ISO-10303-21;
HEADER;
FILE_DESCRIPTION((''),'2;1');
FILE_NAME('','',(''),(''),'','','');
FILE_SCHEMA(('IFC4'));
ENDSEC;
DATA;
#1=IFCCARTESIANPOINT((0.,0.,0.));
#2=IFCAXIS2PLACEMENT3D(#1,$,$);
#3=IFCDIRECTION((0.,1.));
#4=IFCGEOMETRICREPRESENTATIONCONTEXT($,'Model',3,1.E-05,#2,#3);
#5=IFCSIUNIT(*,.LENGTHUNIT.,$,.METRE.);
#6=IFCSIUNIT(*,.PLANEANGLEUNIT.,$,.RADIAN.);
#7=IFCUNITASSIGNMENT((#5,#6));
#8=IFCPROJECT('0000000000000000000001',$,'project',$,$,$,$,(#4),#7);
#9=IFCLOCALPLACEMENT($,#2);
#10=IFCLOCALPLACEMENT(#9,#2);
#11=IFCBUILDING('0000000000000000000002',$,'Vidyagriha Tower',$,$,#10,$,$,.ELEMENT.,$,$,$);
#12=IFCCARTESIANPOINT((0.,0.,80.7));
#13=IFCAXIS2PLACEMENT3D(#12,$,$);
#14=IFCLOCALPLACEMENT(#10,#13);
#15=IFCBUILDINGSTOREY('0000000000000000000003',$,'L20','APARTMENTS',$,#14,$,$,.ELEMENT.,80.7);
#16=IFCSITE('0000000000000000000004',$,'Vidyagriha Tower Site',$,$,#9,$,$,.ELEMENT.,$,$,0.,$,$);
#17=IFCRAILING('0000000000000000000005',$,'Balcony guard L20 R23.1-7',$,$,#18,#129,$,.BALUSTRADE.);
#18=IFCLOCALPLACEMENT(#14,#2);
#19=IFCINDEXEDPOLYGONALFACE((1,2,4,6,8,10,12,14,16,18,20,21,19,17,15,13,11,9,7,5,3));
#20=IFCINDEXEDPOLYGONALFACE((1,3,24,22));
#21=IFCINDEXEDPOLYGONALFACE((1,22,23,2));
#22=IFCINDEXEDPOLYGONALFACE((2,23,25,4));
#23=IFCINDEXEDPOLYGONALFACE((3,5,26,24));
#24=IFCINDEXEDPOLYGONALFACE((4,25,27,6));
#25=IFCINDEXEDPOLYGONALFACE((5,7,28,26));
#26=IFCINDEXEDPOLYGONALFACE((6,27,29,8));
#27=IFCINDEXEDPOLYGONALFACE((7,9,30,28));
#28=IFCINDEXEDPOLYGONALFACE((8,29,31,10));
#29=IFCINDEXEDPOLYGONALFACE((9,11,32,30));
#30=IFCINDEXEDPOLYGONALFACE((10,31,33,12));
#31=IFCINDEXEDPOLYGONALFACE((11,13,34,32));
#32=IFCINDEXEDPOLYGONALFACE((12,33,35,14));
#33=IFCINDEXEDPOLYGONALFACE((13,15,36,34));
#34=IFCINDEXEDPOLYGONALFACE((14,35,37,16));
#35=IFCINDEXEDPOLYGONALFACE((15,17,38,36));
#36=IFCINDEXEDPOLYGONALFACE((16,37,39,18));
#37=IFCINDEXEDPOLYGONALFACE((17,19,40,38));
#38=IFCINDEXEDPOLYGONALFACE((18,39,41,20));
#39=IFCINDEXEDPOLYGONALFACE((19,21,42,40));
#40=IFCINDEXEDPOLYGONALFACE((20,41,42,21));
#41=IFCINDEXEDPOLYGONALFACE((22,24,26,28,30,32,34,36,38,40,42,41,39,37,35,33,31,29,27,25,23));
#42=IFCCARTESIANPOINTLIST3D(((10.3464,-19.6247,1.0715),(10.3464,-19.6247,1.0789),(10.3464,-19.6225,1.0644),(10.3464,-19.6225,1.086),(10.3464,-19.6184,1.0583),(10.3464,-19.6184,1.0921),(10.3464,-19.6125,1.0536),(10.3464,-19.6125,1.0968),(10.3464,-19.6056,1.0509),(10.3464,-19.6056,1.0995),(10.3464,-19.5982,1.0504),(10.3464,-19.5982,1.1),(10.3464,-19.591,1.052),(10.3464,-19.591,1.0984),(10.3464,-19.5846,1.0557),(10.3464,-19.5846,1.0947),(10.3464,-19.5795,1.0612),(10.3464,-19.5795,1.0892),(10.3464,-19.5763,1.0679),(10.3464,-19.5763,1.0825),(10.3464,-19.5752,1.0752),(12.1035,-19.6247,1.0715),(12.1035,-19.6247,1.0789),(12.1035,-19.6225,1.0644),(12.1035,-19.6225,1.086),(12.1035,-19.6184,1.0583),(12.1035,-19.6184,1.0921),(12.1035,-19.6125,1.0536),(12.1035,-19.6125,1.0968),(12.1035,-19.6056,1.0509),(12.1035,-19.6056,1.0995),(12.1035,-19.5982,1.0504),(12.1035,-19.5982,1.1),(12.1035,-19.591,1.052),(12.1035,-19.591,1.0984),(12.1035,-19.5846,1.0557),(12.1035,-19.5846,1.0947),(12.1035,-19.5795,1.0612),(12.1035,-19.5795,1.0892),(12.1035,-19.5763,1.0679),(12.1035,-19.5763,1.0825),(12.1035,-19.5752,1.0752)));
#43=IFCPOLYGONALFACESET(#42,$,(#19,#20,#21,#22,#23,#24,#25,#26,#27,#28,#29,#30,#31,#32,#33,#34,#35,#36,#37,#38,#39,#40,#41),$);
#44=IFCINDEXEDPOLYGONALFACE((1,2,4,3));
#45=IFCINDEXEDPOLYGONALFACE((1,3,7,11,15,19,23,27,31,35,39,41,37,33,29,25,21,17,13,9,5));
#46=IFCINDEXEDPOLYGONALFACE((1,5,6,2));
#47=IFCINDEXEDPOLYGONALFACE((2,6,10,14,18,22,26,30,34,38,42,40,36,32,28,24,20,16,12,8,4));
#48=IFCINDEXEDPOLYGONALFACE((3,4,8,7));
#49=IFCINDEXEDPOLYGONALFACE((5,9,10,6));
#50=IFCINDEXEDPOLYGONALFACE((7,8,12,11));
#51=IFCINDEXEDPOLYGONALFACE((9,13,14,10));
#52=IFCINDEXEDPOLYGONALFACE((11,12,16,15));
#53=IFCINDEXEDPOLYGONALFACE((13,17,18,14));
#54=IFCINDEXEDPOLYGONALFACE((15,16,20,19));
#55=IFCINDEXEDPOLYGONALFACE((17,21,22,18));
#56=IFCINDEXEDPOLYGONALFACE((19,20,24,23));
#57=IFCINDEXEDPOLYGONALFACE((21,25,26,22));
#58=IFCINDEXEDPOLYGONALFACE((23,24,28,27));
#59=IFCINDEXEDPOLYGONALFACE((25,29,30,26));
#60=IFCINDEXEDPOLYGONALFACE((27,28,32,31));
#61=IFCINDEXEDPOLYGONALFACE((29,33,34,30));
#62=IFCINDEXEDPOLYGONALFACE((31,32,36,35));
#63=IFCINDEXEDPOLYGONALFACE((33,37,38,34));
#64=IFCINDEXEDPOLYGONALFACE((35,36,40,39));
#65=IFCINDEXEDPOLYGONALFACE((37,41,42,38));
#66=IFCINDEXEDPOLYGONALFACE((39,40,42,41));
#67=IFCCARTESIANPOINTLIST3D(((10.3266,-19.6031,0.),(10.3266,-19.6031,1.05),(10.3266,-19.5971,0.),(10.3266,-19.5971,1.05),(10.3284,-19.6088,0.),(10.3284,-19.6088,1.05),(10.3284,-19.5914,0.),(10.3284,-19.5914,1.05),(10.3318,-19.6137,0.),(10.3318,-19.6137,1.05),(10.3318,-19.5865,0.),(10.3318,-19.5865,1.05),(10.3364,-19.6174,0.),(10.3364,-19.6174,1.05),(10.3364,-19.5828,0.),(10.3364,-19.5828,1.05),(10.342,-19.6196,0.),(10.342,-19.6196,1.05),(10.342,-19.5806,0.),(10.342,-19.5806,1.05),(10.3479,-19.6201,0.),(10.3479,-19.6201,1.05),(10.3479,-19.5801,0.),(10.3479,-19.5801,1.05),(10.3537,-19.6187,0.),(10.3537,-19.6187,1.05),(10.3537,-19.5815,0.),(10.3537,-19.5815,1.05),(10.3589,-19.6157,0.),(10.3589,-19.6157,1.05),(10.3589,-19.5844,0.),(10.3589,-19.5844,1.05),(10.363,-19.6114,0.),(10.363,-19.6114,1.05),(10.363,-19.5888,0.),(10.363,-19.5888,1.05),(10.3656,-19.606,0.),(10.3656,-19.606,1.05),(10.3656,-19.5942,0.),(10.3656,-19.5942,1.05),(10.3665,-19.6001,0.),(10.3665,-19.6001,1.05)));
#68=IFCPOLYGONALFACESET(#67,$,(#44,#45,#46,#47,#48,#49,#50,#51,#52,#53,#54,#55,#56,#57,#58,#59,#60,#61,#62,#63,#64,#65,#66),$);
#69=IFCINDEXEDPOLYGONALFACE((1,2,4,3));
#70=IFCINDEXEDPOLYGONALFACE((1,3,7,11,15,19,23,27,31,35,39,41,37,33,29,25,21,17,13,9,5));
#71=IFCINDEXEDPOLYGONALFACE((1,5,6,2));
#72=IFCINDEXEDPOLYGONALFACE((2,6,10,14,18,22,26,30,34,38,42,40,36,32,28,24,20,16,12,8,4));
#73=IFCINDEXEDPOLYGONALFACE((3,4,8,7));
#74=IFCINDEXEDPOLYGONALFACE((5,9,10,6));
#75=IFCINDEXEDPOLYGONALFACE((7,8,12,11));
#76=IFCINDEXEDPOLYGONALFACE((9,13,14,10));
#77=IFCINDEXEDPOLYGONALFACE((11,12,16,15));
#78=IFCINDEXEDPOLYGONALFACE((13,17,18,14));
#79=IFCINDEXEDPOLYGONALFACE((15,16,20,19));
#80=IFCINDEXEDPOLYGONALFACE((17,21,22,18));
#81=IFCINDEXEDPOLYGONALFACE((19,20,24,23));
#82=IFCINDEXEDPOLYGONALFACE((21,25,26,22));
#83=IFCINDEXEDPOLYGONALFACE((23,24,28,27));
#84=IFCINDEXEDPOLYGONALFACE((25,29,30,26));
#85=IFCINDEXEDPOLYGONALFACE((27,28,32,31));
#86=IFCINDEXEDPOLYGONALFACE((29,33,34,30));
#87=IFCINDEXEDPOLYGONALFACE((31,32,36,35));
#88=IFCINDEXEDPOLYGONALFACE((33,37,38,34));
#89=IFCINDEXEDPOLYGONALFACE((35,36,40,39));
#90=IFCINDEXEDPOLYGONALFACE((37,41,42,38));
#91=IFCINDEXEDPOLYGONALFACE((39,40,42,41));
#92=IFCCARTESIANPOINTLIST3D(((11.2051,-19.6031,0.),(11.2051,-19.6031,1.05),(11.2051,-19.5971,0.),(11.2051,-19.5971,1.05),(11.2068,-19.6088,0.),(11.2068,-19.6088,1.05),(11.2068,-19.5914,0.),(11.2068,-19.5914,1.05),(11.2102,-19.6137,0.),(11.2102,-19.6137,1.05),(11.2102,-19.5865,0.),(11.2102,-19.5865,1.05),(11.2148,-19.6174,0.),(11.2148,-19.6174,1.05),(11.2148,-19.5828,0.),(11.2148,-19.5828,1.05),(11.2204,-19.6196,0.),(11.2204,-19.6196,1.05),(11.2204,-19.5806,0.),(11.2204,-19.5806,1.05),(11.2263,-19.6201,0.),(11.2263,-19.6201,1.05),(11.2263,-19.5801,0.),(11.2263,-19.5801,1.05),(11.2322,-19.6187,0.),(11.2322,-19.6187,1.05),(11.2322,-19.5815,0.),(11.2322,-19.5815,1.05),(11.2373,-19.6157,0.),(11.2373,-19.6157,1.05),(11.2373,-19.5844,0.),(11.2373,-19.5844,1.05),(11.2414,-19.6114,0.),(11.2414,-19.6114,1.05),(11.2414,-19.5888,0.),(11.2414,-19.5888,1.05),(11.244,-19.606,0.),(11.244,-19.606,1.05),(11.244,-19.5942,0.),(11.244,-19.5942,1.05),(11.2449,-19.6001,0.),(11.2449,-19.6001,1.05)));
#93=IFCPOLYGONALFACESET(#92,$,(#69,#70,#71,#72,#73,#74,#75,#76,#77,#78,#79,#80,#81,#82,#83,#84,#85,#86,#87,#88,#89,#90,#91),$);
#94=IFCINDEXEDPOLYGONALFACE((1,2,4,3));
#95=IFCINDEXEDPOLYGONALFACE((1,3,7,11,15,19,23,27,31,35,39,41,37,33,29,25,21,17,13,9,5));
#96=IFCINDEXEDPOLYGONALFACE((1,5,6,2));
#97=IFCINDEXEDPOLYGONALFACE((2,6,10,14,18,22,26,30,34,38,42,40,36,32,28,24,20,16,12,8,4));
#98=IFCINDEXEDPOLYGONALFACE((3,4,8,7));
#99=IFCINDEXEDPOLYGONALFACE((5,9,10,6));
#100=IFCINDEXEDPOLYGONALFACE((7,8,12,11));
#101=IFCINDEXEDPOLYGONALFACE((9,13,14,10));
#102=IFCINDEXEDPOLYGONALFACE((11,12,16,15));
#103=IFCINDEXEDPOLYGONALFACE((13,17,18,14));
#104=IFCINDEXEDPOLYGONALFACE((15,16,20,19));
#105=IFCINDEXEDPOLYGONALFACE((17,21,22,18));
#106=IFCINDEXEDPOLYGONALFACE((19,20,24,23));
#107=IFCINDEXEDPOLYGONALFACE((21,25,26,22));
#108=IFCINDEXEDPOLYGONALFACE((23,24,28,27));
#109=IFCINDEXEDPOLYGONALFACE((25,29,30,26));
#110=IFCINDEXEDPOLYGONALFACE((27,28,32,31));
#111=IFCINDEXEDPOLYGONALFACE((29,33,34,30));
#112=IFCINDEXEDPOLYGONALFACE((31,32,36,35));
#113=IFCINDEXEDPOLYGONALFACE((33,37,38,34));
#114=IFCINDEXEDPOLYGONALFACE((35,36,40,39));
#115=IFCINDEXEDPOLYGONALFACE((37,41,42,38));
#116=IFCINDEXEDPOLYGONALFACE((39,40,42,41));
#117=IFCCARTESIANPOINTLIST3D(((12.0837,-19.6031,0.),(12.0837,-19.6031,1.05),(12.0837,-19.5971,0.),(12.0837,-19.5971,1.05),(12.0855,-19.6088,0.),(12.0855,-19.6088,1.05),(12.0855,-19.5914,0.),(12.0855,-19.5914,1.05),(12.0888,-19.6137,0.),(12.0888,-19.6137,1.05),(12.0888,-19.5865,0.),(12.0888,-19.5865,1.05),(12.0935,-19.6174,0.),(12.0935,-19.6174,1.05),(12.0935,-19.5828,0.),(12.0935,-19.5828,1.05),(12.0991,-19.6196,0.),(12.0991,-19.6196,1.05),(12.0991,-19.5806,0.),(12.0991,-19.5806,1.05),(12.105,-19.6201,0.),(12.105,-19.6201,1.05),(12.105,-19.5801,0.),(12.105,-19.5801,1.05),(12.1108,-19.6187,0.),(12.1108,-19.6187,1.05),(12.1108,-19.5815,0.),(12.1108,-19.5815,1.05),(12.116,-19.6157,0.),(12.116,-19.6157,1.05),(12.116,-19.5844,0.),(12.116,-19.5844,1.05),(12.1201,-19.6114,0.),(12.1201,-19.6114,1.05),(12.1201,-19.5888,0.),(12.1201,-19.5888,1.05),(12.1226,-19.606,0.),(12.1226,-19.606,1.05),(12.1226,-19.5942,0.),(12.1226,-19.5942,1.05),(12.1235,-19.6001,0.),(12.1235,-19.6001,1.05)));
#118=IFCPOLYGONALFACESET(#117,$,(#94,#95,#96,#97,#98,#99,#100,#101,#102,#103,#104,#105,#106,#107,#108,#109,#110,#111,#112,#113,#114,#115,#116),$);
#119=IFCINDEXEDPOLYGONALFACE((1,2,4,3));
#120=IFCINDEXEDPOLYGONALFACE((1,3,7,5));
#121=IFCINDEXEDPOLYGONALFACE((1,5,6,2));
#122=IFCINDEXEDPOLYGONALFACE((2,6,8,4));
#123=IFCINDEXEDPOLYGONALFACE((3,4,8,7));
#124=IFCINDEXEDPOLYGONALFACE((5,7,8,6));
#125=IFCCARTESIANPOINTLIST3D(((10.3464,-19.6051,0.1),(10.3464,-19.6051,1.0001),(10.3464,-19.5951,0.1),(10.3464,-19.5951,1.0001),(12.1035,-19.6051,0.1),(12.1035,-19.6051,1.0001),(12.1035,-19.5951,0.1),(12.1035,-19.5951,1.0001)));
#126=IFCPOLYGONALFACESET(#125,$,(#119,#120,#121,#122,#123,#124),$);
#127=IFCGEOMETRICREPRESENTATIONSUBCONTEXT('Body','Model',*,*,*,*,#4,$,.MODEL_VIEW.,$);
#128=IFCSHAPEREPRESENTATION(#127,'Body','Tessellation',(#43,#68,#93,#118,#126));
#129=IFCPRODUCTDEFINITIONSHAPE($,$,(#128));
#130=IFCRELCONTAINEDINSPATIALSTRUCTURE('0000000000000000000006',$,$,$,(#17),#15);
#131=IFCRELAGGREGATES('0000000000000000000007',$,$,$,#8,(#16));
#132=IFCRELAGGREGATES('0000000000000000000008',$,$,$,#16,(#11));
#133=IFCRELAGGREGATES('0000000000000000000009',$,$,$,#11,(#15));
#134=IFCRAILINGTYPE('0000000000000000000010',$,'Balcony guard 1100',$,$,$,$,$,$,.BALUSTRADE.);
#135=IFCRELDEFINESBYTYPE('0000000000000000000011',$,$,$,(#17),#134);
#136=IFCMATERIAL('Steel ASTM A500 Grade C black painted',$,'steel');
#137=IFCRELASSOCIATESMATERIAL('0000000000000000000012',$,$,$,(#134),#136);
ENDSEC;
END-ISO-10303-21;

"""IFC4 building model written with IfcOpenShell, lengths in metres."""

from ifc_helpers import new_model, si_unit, direction, frame, origin, origin_2d, place, context, subcontext, project, spatial, rectangle, circle, extrude, material, type_object, element, save


model = new_model("IFC4")

# Units and contexts
model_context = context("Model", 3, precision=1e-05, world=origin(), true_north=direction((0.0, 1.0)))
body_context = subcontext(model_context, "Body", "Model", "MODEL_VIEW")
ifc_project = project(units=[si_unit("LENGTHUNIT", "METRE"), si_unit("PLANEANGLEUNIT", "RADIAN")], contexts=[model_context])

# Site, building, storey
site_placement = place(None, origin())
site = spatial("IfcSite", under=ifc_project, at=site_placement, Name="Vidyagriha Tower Site", CompositionType="ELEMENT", RefElevation=0.0)
building_placement = place(site_placement, origin())
building = spatial("IfcBuilding", under=site, at=building_placement, Name="Vidyagriha Tower", CompositionType="ELEMENT")
storey_placement = place(building_placement, frame((0.0, 0.0, 80.7)))
storey = spatial("IfcBuildingStorey", under=building, at=storey_placement, Name="L20", Description="APARTMENTS", CompositionType="ELEMENT", Elevation=80.7)

# Railing
ifc_material_1 = material(Name="Steel ASTM A500 Grade C black painted", Category="steel")
railing_type = type_object("IfcRailingType", Name="Balcony guard 1100", PredefinedType="BALUSTRADE", material=ifc_material_1)
railing_1_placement = place(storey_placement, frame((10.3464, -19.6001, 0.0)))
element("IfcRailing", 1, at=railing_1_placement, inside=storey, type_object=railing_type, Name="Balcony guard L20 R23.1-7", PredefinedType="BALUSTRADE", context=body_context, shape_type="SweptSolid", body=[
    extrude(circle(Radius=0.0249, at=origin_2d()), frame((0.0, 0.0, 1.0752), z_axis=(1.0, 0.0, 0.0), x_axis=(0.0, 1.0, 0.0)), (0.0, 0.0, 1.0), 1.7571),
    extrude(circle(Radius=0.02, at=origin_2d()), origin(), (0.0, 0.0, 1.0), 1.05),
    extrude(circle(Radius=0.02, at=origin_2d()), frame((0.8784, 0.0, 0.0)), (0.0, 0.0, 1.0), 1.05),
    extrude(circle(Radius=0.02, at=origin_2d()), frame((1.7571, 0.0, 0.0)), (0.0, 0.0, 1.0), 1.05),
    extrude(rectangle(XDim=0.01, YDim=0.9001, at=origin_2d()), frame((0.0, 0.0, 0.55), z_axis=(1.0, 0.0, 0.0), x_axis=(0.0, 1.0, 0.0)), (0.0, 0.0, 1.0), 1.7571),
])

save(model, "model.ifc")
